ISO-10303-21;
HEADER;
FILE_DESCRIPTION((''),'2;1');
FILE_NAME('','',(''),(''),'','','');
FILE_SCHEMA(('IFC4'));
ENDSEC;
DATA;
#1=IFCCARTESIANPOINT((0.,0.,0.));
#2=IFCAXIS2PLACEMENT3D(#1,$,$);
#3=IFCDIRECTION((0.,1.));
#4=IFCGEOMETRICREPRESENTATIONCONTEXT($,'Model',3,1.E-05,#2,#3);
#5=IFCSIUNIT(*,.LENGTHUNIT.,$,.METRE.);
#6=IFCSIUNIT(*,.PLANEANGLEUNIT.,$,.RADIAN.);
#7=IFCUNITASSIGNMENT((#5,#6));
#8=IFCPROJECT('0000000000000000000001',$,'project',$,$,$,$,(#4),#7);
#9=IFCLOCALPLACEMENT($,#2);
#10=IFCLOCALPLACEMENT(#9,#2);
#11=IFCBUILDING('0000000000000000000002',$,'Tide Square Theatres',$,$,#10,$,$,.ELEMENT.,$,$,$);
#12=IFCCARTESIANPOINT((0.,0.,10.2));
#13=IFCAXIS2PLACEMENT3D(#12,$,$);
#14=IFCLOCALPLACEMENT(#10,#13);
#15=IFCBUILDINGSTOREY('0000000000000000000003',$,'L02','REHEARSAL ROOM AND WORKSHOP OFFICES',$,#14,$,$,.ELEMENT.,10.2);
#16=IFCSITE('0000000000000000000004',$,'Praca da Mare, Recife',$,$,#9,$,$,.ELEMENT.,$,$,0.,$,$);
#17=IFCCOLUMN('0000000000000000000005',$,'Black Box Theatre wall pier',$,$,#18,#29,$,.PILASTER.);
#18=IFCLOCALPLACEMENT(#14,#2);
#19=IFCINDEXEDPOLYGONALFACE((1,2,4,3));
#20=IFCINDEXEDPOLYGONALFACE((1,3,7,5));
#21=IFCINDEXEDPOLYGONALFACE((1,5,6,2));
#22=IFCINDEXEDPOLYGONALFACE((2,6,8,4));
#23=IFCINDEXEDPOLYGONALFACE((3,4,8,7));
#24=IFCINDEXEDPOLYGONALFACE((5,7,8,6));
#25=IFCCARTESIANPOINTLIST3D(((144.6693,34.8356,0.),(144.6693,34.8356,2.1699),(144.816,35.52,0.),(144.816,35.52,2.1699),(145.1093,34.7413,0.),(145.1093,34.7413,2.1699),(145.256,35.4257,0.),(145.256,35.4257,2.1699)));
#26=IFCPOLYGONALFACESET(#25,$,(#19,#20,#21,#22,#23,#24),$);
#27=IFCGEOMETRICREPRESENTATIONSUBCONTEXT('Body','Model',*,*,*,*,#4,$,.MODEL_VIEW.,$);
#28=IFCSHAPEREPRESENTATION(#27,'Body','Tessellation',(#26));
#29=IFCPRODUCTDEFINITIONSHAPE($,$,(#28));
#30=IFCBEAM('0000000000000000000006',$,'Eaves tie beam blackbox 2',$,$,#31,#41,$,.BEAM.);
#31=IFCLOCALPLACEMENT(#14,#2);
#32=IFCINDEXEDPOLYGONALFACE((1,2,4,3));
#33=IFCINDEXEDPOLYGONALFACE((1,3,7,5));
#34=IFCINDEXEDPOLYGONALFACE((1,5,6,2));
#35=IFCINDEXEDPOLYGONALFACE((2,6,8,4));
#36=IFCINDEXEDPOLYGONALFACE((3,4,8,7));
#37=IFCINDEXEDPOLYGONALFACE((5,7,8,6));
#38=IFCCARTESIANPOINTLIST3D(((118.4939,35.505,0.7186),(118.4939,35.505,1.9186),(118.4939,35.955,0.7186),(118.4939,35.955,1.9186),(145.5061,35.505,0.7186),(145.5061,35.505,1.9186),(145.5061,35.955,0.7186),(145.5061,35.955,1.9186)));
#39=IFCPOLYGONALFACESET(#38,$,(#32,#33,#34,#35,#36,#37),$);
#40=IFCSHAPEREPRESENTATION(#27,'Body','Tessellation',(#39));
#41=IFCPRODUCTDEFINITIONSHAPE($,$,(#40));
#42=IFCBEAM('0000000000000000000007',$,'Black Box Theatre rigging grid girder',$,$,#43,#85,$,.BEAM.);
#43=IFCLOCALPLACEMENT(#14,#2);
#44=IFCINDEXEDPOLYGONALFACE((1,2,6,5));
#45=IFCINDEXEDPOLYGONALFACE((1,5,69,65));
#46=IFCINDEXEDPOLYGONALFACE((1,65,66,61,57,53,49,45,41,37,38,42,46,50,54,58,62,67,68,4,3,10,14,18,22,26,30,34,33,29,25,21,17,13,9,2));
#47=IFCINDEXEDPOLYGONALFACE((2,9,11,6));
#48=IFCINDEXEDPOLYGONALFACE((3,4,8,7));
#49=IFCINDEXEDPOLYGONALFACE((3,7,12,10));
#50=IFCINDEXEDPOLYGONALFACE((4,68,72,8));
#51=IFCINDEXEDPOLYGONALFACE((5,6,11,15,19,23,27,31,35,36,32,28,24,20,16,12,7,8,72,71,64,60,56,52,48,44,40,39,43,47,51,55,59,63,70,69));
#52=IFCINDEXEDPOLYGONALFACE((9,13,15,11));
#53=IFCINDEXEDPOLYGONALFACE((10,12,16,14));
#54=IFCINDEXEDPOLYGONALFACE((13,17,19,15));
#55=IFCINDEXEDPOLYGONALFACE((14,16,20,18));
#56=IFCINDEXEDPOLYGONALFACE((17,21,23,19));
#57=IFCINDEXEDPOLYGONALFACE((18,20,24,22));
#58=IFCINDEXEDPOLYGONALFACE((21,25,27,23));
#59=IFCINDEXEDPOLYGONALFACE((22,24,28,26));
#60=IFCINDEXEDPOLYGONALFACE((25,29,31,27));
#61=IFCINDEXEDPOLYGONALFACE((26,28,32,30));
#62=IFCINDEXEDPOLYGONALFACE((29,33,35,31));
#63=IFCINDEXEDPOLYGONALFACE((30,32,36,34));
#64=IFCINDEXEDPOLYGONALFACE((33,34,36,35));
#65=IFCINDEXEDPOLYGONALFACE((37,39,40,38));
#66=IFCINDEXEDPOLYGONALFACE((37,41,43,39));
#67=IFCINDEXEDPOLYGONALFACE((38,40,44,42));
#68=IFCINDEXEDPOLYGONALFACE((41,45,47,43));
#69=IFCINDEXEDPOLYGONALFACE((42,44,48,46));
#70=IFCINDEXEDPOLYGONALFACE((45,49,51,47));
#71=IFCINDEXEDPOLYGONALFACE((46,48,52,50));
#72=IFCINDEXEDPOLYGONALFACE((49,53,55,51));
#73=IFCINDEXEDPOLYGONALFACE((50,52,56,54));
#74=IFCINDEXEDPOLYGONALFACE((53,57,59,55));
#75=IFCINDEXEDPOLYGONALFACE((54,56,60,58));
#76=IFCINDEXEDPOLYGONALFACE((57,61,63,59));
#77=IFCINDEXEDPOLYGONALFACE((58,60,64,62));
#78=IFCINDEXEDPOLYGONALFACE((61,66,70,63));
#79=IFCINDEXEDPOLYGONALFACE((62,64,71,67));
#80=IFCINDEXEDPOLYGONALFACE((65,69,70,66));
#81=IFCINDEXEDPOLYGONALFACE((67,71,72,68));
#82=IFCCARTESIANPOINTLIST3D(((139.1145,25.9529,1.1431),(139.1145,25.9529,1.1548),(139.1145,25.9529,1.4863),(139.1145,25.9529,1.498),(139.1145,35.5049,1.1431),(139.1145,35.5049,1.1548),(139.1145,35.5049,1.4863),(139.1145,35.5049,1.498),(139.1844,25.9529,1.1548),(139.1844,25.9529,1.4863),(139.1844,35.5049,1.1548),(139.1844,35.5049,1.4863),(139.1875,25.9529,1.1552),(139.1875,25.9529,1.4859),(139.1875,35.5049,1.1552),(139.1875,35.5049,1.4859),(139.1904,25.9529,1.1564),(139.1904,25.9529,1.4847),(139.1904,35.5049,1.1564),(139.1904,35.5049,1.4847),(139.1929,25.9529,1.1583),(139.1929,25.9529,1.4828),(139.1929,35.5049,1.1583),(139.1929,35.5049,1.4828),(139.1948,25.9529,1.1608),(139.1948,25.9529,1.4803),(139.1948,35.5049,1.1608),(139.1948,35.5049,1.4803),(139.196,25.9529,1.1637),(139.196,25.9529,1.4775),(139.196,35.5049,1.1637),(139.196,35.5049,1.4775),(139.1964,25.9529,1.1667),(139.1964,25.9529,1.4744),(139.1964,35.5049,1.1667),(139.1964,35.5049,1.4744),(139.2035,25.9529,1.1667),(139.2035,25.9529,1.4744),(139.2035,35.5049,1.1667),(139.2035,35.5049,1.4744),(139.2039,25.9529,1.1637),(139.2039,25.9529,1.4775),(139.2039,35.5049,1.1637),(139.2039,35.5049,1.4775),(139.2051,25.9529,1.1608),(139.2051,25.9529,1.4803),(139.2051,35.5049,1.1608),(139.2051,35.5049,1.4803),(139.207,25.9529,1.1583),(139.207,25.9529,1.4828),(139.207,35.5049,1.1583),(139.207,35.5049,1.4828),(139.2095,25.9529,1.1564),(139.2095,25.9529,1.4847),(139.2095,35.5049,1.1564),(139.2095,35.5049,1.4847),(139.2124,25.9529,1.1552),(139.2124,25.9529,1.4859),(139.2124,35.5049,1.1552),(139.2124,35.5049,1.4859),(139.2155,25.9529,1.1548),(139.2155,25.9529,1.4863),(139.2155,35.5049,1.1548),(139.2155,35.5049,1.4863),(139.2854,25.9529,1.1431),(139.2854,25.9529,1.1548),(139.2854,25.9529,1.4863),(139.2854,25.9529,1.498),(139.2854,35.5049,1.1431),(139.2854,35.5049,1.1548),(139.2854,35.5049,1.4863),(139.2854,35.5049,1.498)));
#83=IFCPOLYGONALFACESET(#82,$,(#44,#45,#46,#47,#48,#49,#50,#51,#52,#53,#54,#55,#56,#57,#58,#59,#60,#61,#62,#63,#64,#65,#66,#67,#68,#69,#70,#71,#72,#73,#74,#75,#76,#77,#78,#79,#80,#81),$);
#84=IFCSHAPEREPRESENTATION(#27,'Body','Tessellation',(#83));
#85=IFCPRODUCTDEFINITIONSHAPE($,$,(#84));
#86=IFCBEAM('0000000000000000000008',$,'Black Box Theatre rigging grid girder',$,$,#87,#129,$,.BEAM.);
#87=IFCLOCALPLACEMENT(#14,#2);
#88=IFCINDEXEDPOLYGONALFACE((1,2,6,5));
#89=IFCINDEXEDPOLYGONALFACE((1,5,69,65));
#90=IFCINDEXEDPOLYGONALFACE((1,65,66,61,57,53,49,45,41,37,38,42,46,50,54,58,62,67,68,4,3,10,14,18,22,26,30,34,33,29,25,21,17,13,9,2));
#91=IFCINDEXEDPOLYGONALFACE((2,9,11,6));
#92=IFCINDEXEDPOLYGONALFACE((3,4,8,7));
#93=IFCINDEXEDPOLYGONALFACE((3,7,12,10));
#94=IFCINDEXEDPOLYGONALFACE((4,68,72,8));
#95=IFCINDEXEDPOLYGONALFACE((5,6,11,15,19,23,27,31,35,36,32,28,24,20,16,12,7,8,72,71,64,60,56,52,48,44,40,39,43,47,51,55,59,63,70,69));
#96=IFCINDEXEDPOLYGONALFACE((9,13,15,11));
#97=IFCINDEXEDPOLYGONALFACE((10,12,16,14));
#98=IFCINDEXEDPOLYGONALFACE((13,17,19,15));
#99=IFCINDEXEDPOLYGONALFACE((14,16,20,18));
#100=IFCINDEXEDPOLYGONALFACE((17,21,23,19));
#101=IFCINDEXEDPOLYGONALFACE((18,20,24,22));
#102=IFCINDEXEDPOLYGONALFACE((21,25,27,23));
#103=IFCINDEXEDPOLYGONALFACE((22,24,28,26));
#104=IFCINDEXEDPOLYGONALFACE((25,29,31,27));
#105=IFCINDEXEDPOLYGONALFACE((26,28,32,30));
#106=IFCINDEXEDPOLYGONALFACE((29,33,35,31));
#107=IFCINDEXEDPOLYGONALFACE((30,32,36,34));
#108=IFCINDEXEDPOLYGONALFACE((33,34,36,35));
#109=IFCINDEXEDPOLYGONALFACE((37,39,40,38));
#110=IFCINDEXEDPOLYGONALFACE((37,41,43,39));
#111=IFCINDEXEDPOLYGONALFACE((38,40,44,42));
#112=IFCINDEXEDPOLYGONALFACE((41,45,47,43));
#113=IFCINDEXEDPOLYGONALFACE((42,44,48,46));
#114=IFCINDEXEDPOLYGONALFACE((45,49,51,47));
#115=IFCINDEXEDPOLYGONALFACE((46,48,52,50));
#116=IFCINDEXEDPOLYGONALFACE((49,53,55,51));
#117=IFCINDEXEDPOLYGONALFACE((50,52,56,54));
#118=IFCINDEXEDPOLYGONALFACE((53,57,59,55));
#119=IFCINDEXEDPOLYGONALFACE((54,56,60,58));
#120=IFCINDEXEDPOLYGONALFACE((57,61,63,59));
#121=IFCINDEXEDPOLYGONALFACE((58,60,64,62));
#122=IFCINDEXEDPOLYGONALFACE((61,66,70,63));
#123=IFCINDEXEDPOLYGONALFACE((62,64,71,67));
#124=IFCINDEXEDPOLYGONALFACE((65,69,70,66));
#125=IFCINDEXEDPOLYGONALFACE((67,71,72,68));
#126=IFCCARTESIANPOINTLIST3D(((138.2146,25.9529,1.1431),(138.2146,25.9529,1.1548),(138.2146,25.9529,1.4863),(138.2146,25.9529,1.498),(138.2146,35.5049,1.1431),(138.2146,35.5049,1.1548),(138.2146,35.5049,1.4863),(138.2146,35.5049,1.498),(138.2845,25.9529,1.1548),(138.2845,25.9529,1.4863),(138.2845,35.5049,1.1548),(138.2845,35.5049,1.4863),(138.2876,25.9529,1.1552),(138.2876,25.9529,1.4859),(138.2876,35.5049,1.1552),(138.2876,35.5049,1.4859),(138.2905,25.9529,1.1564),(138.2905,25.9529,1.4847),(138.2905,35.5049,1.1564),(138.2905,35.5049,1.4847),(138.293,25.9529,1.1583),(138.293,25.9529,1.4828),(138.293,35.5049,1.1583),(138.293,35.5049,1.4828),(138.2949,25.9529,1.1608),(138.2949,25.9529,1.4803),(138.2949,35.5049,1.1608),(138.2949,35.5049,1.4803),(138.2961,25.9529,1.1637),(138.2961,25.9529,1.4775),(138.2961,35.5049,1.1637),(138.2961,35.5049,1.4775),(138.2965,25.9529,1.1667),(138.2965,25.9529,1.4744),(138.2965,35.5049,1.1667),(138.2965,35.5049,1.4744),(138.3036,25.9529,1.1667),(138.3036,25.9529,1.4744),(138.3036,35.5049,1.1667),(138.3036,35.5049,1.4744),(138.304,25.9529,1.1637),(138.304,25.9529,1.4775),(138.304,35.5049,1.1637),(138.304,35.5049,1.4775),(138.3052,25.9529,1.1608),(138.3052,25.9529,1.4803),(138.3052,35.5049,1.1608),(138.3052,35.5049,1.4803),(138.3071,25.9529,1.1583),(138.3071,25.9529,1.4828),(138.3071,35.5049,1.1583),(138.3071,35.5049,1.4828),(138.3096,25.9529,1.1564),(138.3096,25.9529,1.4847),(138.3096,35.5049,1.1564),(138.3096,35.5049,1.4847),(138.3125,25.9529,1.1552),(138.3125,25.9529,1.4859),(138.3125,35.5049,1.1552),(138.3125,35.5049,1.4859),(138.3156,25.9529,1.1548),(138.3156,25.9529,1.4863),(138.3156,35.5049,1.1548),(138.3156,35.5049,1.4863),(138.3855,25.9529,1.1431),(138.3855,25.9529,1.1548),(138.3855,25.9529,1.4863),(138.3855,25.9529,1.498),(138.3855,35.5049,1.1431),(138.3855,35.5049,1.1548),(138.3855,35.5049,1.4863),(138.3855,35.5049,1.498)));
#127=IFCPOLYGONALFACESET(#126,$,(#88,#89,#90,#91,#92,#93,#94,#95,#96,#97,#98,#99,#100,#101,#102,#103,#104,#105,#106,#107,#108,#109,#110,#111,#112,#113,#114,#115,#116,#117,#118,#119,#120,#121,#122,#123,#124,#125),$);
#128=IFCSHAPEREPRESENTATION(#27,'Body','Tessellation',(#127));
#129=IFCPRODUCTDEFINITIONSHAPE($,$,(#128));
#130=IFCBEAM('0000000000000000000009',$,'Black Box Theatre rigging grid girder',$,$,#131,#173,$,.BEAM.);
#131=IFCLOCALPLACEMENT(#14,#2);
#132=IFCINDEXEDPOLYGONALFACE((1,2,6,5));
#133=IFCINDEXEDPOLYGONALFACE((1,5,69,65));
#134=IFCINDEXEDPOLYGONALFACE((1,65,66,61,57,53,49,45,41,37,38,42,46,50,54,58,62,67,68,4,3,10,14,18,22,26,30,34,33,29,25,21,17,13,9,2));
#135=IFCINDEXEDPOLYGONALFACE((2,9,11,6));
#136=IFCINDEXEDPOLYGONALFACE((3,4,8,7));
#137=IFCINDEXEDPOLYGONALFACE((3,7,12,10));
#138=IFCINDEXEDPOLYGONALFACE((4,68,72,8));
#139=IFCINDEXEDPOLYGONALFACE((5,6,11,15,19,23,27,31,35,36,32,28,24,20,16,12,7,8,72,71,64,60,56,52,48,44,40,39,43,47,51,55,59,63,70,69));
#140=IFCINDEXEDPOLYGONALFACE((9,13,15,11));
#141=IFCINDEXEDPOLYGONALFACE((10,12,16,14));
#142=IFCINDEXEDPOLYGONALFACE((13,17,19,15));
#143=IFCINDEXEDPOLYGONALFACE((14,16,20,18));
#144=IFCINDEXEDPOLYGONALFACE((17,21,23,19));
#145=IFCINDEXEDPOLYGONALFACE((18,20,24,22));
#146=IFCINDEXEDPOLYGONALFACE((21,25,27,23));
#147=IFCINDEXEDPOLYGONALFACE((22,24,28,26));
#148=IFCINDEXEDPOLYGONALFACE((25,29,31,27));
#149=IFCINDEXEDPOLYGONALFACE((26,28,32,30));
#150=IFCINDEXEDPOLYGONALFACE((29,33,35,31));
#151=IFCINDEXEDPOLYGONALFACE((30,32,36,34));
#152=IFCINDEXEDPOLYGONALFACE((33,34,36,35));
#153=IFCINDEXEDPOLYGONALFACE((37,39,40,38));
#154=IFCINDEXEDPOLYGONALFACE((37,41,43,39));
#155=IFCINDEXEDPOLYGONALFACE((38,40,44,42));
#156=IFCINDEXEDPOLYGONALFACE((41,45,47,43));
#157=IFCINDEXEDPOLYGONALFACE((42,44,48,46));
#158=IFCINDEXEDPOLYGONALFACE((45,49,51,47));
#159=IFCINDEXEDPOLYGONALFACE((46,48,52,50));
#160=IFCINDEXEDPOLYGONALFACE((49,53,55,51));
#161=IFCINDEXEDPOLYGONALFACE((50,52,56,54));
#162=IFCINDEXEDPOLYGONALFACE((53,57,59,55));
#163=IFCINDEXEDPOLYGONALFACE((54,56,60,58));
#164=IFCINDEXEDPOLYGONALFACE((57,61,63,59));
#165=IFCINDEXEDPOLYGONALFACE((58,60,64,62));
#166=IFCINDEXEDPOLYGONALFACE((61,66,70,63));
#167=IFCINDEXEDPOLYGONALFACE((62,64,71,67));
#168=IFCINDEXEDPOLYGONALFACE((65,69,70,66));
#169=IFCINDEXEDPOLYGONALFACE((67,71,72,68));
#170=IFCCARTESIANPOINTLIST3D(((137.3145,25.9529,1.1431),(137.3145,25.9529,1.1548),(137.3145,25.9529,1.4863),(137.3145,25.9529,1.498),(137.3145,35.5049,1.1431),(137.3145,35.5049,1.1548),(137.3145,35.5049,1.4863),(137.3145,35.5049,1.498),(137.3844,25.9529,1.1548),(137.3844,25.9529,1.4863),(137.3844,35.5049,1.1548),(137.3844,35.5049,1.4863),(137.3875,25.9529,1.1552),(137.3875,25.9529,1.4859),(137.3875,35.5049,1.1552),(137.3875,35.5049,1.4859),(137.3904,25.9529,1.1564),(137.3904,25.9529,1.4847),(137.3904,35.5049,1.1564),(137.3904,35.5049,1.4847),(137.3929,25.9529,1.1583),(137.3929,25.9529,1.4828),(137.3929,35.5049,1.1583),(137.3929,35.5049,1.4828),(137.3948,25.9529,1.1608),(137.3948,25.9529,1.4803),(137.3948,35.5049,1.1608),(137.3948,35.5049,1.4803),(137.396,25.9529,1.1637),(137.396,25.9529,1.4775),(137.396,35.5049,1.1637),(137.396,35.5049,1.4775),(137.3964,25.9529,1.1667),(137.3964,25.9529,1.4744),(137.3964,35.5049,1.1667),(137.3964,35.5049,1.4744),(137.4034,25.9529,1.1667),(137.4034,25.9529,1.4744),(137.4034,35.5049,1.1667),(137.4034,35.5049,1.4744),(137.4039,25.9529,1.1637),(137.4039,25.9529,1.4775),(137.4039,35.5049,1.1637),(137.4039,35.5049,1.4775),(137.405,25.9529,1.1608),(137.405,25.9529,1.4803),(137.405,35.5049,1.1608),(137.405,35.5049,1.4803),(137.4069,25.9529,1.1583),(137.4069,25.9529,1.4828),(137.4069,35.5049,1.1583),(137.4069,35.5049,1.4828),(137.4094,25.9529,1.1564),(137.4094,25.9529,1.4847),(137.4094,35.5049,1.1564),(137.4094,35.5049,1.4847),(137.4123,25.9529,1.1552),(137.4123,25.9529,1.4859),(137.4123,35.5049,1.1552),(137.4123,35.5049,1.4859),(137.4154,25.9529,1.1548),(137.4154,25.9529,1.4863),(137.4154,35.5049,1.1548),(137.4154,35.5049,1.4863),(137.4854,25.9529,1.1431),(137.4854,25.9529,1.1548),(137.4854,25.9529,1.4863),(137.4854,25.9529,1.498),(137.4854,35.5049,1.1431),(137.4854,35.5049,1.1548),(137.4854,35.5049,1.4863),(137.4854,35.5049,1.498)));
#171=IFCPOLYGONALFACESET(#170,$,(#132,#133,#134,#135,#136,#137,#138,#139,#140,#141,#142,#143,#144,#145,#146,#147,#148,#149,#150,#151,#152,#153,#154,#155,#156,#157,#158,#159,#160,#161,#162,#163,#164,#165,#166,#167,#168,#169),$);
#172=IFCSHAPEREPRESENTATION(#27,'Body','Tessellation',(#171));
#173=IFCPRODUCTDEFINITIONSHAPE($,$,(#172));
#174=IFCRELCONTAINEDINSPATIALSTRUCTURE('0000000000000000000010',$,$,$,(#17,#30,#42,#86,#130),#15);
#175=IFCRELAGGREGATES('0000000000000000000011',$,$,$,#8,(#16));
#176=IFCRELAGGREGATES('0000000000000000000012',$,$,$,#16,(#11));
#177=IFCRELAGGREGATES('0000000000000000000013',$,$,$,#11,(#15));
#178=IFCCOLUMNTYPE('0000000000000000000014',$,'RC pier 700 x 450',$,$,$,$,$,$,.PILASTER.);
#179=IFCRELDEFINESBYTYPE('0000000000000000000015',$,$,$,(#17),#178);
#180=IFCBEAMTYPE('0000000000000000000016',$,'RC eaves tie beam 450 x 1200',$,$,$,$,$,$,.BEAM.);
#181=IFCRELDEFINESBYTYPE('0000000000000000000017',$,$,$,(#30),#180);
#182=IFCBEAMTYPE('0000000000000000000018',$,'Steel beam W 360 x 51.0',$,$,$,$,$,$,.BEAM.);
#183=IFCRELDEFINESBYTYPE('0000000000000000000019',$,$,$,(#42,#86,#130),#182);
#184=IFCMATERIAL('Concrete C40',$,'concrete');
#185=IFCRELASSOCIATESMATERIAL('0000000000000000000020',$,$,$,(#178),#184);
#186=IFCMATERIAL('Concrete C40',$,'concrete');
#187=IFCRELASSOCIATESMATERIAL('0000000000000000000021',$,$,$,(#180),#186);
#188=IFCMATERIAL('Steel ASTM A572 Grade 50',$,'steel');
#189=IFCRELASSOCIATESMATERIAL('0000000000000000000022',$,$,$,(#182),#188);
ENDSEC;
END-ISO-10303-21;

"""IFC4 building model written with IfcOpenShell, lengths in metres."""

from ifc_helpers import new_model, si_unit, direction, frame, origin, origin_2d, place, context, subcontext, project, spatial, rectangle, i_section, extrude, material, material_profile, profile_set, type_object, element, save


model = new_model("IFC4")

# Units and contexts
model_context = context("Model", 3, precision=1e-05, world=origin(), true_north=direction((0.0, 1.0)))
body_context = subcontext(model_context, "Body", "Model", "MODEL_VIEW")
ifc_project = project(units=[si_unit("LENGTHUNIT", "METRE"), si_unit("PLANEANGLEUNIT", "RADIAN")], contexts=[model_context])

# Site, building, storey
site_placement = place(None, origin())
site = spatial("IfcSite", under=ifc_project, at=site_placement, Name="Praca da Mare, Recife", CompositionType="ELEMENT", RefElevation=0.0)
building_placement = place(site_placement, origin())
building = spatial("IfcBuilding", under=site, at=building_placement, Name="Tide Square Theatres", CompositionType="ELEMENT")
storey_placement = place(building_placement, frame((0.0, 0.0, 10.2)))
storey = spatial("IfcBuildingStorey", under=building, at=storey_placement, Name="L02", Description="REHEARSAL ROOM AND WORKSHOP OFFICES", CompositionType="ELEMENT", Elevation=10.2)

# Column
ifc_material_1 = material(Name="Concrete C40", Category="concrete")
ifc_material_profile_1 = material_profile(ifc_material_1, rectangle(XDim=0.7, YDim=0.45, at=origin_2d()))
ifc_profile_set_1 = profile_set([ifc_material_profile_1], Name="Concrete C40")
column_type = type_object("IfcColumnType", Name="RC pier 700 x 450", PredefinedType="PILASTER", material=ifc_profile_set_1)
column_placement = place(storey_placement, frame((144.9626, 35.1306, 0.0), z_axis=(0.0, 0.0, 1.0), x_axis=(0.209561, 0.977796, 0.0)))
element("IfcColumn", 1, at=column_placement, inside=storey, type_object=column_type, Name="Black Box Theatre wall pier", PredefinedType="PILASTER", context=body_context, shape_type="SweptSolid", body=[
    extrude(rectangle(XDim=0.7, YDim=0.45, at=origin_2d()), origin(), (0.0, 0.0, 1.0), 2.1699),
])

# Beams
ifc_material_2 = material(Name="Concrete C40", Category="concrete")
ifc_material_profile_2 = material_profile(ifc_material_2, rectangle(XDim=0.45, YDim=1.2, at=origin_2d()))
ifc_profile_set_2 = profile_set([ifc_material_profile_2], Name="Concrete C40")
beam_type_1 = type_object("IfcBeamType", Name="RC eaves tie beam 450 x 1200", PredefinedType="BEAM", material=ifc_profile_set_2)
beam_placement = place(storey_placement, frame((145.5061, 35.73, 1.3186), z_axis=(-1.0, 0.0, 0.0), x_axis=(0.0, -1.0, 0.0)))
element("IfcBeam", 2, at=beam_placement, inside=storey, type_object=beam_type_1, Name="Eaves tie beam blackbox 2", PredefinedType="BEAM", context=body_context, shape_type="SweptSolid", body=[
    extrude(rectangle(XDim=0.45, YDim=1.2, at=origin_2d()), origin(), (0.0, 0.0, 1.0), 27.0122),
])
ifc_material_3 = material(Name="Steel ASTM A572 Grade 50", Category="steel")
ifc_material_profile_3 = material_profile(ifc_material_3, i_section(OverallWidth=0.1709, OverallDepth=0.355, WebThickness=0.0071, FlangeThickness=0.0117, FilletRadius=0.012, at=origin_2d()))
ifc_profile_set_3 = profile_set([ifc_material_profile_3], Name="Steel ASTM A572 Grade 50")
beam_type_2 = type_object("IfcBeamType", Name="Steel beam W 360 x 51.0", PredefinedType="BEAM", material=ifc_profile_set_3)
for number, where, z_axis, x_axis, name in (
    (3, (139.2, 25.9529, 1.3206), (0.0, 1.0, 0.0), (-1.0, 0.0, 0.0), "Black Box Theatre rigging grid girder"),
    (4, (138.3, 25.9529, 1.3206), (0.0, 1.0, 0.0), (-1.0, 0.0, 0.0), "Black Box Theatre rigging grid girder"),
    (5, (137.3999, 25.9529, 1.3206), (0.0, 1.0, 0.0), (-1.0, 0.0, 0.0), "Black Box Theatre rigging grid girder"),
):
    element("IfcBeam", number, at=place(storey_placement, frame(where, z_axis=z_axis, x_axis=x_axis)), inside=storey, type_object=beam_type_2, Name=name, PredefinedType="BEAM", context=body_context, shape_type="SweptSolid", body=[
        extrude(i_section(OverallWidth=0.1709, OverallDepth=0.355, WebThickness=0.0071, FlangeThickness=0.0117, FilletRadius=0.012, at=origin_2d()), origin(), (0.0, 0.0, 1.0), 9.552),
    ])

save(model, "model.ifc")
